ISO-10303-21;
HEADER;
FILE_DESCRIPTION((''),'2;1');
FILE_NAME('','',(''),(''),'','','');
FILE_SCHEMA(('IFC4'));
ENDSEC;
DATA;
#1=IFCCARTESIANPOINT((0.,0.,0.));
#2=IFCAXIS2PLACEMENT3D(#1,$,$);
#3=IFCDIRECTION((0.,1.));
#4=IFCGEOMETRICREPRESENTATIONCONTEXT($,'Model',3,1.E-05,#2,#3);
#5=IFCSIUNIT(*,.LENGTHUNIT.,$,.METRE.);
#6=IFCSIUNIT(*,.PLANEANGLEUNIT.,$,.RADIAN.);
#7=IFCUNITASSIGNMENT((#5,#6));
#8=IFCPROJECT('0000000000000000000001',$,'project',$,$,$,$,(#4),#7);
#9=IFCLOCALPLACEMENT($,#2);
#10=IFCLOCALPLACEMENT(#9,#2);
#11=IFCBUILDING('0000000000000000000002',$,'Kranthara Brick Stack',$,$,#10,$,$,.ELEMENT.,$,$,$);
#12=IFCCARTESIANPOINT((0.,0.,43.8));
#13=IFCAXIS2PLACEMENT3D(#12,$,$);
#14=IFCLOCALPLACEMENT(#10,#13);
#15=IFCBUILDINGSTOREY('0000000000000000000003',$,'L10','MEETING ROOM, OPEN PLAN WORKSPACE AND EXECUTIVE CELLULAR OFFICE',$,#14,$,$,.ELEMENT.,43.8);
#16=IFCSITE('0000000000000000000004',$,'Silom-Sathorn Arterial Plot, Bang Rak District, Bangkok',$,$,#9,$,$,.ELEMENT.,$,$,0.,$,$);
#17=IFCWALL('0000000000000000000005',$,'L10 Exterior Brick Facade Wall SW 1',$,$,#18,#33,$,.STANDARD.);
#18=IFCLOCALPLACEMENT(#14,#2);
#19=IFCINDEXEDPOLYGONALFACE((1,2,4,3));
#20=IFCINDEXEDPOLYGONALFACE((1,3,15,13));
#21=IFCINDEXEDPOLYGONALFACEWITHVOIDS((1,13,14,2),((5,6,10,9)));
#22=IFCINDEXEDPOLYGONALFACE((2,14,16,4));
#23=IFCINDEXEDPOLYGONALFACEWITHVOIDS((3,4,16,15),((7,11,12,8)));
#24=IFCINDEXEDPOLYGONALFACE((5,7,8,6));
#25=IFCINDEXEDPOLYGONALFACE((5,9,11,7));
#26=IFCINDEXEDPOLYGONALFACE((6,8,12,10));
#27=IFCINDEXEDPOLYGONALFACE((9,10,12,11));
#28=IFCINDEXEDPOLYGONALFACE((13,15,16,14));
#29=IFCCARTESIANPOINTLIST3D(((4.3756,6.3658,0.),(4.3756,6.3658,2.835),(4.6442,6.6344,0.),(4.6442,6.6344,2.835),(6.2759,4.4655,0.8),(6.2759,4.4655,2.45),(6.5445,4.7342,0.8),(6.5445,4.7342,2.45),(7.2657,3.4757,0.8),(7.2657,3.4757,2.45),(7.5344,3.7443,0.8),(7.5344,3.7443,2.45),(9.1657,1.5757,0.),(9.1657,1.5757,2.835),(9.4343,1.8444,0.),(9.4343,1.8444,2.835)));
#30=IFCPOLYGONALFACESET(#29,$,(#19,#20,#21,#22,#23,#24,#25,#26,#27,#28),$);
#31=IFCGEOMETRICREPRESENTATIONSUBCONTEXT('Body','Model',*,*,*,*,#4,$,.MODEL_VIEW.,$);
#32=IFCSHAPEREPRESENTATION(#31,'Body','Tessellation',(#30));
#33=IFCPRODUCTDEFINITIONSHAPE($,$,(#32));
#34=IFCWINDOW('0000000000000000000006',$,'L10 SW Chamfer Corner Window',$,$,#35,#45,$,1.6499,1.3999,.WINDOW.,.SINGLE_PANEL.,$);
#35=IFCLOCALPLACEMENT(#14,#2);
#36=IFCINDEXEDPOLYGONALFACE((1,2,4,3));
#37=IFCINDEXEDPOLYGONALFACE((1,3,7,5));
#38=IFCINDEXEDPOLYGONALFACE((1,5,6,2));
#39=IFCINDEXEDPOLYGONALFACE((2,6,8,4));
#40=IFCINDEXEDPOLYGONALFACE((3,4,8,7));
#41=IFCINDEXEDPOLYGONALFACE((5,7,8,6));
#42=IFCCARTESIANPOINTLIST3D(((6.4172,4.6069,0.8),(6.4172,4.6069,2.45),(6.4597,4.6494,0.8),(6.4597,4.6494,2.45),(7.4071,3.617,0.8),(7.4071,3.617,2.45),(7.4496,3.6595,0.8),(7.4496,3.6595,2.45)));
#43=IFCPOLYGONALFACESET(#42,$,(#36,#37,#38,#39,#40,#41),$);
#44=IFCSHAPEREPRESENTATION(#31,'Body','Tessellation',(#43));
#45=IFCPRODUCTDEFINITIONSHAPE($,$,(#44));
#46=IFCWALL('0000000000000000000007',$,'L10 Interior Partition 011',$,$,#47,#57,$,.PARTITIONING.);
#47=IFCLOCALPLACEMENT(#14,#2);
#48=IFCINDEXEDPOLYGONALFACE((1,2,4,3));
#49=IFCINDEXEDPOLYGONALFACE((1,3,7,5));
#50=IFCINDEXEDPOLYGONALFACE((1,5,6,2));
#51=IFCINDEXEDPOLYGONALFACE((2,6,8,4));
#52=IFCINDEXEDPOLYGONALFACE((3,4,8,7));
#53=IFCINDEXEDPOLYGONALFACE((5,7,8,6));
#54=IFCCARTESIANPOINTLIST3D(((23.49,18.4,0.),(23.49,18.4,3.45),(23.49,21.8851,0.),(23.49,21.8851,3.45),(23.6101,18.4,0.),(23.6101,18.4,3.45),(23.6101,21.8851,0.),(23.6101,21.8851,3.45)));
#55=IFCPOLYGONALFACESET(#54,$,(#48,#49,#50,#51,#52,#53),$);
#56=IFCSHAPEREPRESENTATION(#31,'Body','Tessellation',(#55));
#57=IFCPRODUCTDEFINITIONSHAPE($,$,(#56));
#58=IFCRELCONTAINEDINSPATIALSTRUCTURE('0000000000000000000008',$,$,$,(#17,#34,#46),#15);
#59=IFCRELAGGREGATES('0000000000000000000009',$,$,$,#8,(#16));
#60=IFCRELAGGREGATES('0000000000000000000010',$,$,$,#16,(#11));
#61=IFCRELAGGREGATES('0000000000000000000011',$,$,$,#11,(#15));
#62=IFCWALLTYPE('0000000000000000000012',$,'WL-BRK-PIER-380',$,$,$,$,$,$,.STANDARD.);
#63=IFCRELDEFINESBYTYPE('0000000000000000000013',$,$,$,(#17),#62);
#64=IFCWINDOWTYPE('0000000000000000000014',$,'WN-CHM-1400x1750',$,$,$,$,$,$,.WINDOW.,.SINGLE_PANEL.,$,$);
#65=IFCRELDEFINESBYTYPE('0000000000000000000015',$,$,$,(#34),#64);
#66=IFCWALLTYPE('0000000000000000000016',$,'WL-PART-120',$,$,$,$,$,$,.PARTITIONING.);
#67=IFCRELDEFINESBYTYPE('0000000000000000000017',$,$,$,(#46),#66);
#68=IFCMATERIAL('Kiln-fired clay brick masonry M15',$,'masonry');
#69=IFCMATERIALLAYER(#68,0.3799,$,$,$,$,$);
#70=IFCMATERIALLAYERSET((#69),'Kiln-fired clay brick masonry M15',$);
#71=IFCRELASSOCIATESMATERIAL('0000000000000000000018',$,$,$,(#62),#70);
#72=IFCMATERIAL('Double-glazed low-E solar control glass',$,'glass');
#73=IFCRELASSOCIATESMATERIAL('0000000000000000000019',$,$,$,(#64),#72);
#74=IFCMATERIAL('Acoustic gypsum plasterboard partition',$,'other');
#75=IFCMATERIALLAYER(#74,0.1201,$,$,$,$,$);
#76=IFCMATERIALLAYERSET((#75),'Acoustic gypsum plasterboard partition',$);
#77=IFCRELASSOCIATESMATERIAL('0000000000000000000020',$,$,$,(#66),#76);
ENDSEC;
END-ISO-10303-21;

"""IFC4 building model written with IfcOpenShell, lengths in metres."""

from ifc_helpers import new_model, si_unit, direction, frame, frame_2d, origin, place, context, subcontext, project, spatial, rectangle, extrude, material, layer, layer_set, type_object, element, fill, save


model = new_model("IFC4")

# Units and contexts
model_context = context("Model", 3, precision=1e-05, world=origin(), true_north=direction((0.0, 1.0)))
body_context = subcontext(model_context, "Body", "Model", "MODEL_VIEW")
ifc_project = project(units=[si_unit("LENGTHUNIT", "METRE"), si_unit("PLANEANGLEUNIT", "RADIAN")], contexts=[model_context])

# Site, building, storey
site_placement = place(None, origin())
site = spatial("IfcSite", under=ifc_project, at=site_placement, Name="Silom-Sathorn Arterial Plot, Bang Rak District, Bangkok", CompositionType="ELEMENT", RefElevation=0.0)
building_placement = place(site_placement, origin())
building = spatial("IfcBuilding", under=site, at=building_placement, Name="Kranthara Brick Stack", CompositionType="ELEMENT")
storey_placement = place(building_placement, frame((0.0, 0.0, 43.8)))
storey = spatial("IfcBuildingStorey", under=building, at=storey_placement, Name="L10", Description="MEETING ROOM, OPEN PLAN WORKSPACE AND EXECUTIVE CELLULAR OFFICE", CompositionType="ELEMENT", Elevation=43.8)

# Wall, opening, window
ifc_material_1 = material(Name="Kiln-fired clay brick masonry M15", Category="masonry")
ifc_layer_1 = layer(ifc_material_1, 0.3799)
ifc_layer_set_1 = layer_set([ifc_layer_1], Name="Kiln-fired clay brick masonry M15")
wall_type_1 = type_object("IfcWallType", Name="WL-BRK-PIER-380", PredefinedType="STANDARD", material=ifc_layer_set_1)
wall_1_placement = place(storey_placement, frame((9.3, 1.71, 0.0), z_axis=(0.0, 0.0, 1.0), x_axis=(-0.707107, 0.707107, 0.0)))
wall_1 = element("IfcWall", 1, at=wall_1_placement, inside=storey, type_object=wall_type_1, Name="L10 Exterior Brick Facade Wall SW 1", PredefinedType="STANDARD", context=body_context, shape_type="SweptSolid", body=[
    extrude(rectangle(XDim=6.7742, YDim=0.3799, at=frame_2d((3.3872, 0.0))), origin(), (0.0, 0.0, 1.0), 2.835),
])
opening_1_placement = place(wall_1_placement, frame((2.687, 0.0, 0.8)))
opening_1 = element("IfcOpeningElement", 2, at=opening_1_placement, cuts=wall_1, PredefinedType="OPENING", context=body_context, shape_type="SweptSolid", body=[
    extrude(rectangle(XDim=1.3999, YDim=1.6499, at=frame_2d((0.7, 0.825))), frame((0.0, 0.2, 0.0), z_axis=(0.0, -1.0, 0.0), x_axis=(1.0, 0.0, 0.0)), (0.0, 0.0, 1.0), 0.3999),
])
ifc_material_2 = material(Name="Double-glazed low-E solar control glass", Category="glass")
window_type = type_object("IfcWindowType", Name="WN-CHM-1400x1750", PartitioningType="SINGLE_PANEL", PredefinedType="WINDOW", material=ifc_material_2)
window_placement = place(opening_1_placement, origin())
window = element("IfcWindow", 3, at=window_placement, inside=storey, type_object=window_type, Name="L10 SW Chamfer Corner Window", OverallHeight=1.6499, OverallWidth=1.3999, PartitioningType="SINGLE_PANEL", PredefinedType="WINDOW", context=body_context, shape_type="SweptSolid", body=[
    extrude(rectangle(XDim=1.3999, YDim=1.6499, at=frame_2d((0.7, 0.825))), frame((0.0, -0.01, 0.0), z_axis=(0.0, -1.0, 0.0), x_axis=(1.0, 0.0, 0.0)), (0.0, 0.0, 1.0), 0.0601),
])
fill(opening_1, window)

# Wall
ifc_material_3 = material(Name="Acoustic gypsum plasterboard partition", Category="other")
ifc_layer_2 = layer(ifc_material_3, 0.1201)
ifc_layer_set_2 = layer_set([ifc_layer_2], Name="Acoustic gypsum plasterboard partition")
wall_type_2 = type_object("IfcWallType", Name="WL-PART-120", PredefinedType="PARTITIONING", material=ifc_layer_set_2)
wall_2_placement = place(storey_placement, frame((23.55, 18.3999, 0.0), z_axis=(0.0, 0.0, 1.0), x_axis=(0.0, 1.0, 0.0)))
element("IfcWall", 4, at=wall_2_placement, inside=storey, type_object=wall_type_2, Name="L10 Interior Partition 011", PredefinedType="PARTITIONING", context=body_context, shape_type="SweptSolid", body=[
    extrude(rectangle(XDim=3.4851, YDim=0.1201, at=frame_2d((1.7427, 0.0))), origin(), (0.0, 0.0, 1.0), 3.45),
])

save(model, "model.ifc")
